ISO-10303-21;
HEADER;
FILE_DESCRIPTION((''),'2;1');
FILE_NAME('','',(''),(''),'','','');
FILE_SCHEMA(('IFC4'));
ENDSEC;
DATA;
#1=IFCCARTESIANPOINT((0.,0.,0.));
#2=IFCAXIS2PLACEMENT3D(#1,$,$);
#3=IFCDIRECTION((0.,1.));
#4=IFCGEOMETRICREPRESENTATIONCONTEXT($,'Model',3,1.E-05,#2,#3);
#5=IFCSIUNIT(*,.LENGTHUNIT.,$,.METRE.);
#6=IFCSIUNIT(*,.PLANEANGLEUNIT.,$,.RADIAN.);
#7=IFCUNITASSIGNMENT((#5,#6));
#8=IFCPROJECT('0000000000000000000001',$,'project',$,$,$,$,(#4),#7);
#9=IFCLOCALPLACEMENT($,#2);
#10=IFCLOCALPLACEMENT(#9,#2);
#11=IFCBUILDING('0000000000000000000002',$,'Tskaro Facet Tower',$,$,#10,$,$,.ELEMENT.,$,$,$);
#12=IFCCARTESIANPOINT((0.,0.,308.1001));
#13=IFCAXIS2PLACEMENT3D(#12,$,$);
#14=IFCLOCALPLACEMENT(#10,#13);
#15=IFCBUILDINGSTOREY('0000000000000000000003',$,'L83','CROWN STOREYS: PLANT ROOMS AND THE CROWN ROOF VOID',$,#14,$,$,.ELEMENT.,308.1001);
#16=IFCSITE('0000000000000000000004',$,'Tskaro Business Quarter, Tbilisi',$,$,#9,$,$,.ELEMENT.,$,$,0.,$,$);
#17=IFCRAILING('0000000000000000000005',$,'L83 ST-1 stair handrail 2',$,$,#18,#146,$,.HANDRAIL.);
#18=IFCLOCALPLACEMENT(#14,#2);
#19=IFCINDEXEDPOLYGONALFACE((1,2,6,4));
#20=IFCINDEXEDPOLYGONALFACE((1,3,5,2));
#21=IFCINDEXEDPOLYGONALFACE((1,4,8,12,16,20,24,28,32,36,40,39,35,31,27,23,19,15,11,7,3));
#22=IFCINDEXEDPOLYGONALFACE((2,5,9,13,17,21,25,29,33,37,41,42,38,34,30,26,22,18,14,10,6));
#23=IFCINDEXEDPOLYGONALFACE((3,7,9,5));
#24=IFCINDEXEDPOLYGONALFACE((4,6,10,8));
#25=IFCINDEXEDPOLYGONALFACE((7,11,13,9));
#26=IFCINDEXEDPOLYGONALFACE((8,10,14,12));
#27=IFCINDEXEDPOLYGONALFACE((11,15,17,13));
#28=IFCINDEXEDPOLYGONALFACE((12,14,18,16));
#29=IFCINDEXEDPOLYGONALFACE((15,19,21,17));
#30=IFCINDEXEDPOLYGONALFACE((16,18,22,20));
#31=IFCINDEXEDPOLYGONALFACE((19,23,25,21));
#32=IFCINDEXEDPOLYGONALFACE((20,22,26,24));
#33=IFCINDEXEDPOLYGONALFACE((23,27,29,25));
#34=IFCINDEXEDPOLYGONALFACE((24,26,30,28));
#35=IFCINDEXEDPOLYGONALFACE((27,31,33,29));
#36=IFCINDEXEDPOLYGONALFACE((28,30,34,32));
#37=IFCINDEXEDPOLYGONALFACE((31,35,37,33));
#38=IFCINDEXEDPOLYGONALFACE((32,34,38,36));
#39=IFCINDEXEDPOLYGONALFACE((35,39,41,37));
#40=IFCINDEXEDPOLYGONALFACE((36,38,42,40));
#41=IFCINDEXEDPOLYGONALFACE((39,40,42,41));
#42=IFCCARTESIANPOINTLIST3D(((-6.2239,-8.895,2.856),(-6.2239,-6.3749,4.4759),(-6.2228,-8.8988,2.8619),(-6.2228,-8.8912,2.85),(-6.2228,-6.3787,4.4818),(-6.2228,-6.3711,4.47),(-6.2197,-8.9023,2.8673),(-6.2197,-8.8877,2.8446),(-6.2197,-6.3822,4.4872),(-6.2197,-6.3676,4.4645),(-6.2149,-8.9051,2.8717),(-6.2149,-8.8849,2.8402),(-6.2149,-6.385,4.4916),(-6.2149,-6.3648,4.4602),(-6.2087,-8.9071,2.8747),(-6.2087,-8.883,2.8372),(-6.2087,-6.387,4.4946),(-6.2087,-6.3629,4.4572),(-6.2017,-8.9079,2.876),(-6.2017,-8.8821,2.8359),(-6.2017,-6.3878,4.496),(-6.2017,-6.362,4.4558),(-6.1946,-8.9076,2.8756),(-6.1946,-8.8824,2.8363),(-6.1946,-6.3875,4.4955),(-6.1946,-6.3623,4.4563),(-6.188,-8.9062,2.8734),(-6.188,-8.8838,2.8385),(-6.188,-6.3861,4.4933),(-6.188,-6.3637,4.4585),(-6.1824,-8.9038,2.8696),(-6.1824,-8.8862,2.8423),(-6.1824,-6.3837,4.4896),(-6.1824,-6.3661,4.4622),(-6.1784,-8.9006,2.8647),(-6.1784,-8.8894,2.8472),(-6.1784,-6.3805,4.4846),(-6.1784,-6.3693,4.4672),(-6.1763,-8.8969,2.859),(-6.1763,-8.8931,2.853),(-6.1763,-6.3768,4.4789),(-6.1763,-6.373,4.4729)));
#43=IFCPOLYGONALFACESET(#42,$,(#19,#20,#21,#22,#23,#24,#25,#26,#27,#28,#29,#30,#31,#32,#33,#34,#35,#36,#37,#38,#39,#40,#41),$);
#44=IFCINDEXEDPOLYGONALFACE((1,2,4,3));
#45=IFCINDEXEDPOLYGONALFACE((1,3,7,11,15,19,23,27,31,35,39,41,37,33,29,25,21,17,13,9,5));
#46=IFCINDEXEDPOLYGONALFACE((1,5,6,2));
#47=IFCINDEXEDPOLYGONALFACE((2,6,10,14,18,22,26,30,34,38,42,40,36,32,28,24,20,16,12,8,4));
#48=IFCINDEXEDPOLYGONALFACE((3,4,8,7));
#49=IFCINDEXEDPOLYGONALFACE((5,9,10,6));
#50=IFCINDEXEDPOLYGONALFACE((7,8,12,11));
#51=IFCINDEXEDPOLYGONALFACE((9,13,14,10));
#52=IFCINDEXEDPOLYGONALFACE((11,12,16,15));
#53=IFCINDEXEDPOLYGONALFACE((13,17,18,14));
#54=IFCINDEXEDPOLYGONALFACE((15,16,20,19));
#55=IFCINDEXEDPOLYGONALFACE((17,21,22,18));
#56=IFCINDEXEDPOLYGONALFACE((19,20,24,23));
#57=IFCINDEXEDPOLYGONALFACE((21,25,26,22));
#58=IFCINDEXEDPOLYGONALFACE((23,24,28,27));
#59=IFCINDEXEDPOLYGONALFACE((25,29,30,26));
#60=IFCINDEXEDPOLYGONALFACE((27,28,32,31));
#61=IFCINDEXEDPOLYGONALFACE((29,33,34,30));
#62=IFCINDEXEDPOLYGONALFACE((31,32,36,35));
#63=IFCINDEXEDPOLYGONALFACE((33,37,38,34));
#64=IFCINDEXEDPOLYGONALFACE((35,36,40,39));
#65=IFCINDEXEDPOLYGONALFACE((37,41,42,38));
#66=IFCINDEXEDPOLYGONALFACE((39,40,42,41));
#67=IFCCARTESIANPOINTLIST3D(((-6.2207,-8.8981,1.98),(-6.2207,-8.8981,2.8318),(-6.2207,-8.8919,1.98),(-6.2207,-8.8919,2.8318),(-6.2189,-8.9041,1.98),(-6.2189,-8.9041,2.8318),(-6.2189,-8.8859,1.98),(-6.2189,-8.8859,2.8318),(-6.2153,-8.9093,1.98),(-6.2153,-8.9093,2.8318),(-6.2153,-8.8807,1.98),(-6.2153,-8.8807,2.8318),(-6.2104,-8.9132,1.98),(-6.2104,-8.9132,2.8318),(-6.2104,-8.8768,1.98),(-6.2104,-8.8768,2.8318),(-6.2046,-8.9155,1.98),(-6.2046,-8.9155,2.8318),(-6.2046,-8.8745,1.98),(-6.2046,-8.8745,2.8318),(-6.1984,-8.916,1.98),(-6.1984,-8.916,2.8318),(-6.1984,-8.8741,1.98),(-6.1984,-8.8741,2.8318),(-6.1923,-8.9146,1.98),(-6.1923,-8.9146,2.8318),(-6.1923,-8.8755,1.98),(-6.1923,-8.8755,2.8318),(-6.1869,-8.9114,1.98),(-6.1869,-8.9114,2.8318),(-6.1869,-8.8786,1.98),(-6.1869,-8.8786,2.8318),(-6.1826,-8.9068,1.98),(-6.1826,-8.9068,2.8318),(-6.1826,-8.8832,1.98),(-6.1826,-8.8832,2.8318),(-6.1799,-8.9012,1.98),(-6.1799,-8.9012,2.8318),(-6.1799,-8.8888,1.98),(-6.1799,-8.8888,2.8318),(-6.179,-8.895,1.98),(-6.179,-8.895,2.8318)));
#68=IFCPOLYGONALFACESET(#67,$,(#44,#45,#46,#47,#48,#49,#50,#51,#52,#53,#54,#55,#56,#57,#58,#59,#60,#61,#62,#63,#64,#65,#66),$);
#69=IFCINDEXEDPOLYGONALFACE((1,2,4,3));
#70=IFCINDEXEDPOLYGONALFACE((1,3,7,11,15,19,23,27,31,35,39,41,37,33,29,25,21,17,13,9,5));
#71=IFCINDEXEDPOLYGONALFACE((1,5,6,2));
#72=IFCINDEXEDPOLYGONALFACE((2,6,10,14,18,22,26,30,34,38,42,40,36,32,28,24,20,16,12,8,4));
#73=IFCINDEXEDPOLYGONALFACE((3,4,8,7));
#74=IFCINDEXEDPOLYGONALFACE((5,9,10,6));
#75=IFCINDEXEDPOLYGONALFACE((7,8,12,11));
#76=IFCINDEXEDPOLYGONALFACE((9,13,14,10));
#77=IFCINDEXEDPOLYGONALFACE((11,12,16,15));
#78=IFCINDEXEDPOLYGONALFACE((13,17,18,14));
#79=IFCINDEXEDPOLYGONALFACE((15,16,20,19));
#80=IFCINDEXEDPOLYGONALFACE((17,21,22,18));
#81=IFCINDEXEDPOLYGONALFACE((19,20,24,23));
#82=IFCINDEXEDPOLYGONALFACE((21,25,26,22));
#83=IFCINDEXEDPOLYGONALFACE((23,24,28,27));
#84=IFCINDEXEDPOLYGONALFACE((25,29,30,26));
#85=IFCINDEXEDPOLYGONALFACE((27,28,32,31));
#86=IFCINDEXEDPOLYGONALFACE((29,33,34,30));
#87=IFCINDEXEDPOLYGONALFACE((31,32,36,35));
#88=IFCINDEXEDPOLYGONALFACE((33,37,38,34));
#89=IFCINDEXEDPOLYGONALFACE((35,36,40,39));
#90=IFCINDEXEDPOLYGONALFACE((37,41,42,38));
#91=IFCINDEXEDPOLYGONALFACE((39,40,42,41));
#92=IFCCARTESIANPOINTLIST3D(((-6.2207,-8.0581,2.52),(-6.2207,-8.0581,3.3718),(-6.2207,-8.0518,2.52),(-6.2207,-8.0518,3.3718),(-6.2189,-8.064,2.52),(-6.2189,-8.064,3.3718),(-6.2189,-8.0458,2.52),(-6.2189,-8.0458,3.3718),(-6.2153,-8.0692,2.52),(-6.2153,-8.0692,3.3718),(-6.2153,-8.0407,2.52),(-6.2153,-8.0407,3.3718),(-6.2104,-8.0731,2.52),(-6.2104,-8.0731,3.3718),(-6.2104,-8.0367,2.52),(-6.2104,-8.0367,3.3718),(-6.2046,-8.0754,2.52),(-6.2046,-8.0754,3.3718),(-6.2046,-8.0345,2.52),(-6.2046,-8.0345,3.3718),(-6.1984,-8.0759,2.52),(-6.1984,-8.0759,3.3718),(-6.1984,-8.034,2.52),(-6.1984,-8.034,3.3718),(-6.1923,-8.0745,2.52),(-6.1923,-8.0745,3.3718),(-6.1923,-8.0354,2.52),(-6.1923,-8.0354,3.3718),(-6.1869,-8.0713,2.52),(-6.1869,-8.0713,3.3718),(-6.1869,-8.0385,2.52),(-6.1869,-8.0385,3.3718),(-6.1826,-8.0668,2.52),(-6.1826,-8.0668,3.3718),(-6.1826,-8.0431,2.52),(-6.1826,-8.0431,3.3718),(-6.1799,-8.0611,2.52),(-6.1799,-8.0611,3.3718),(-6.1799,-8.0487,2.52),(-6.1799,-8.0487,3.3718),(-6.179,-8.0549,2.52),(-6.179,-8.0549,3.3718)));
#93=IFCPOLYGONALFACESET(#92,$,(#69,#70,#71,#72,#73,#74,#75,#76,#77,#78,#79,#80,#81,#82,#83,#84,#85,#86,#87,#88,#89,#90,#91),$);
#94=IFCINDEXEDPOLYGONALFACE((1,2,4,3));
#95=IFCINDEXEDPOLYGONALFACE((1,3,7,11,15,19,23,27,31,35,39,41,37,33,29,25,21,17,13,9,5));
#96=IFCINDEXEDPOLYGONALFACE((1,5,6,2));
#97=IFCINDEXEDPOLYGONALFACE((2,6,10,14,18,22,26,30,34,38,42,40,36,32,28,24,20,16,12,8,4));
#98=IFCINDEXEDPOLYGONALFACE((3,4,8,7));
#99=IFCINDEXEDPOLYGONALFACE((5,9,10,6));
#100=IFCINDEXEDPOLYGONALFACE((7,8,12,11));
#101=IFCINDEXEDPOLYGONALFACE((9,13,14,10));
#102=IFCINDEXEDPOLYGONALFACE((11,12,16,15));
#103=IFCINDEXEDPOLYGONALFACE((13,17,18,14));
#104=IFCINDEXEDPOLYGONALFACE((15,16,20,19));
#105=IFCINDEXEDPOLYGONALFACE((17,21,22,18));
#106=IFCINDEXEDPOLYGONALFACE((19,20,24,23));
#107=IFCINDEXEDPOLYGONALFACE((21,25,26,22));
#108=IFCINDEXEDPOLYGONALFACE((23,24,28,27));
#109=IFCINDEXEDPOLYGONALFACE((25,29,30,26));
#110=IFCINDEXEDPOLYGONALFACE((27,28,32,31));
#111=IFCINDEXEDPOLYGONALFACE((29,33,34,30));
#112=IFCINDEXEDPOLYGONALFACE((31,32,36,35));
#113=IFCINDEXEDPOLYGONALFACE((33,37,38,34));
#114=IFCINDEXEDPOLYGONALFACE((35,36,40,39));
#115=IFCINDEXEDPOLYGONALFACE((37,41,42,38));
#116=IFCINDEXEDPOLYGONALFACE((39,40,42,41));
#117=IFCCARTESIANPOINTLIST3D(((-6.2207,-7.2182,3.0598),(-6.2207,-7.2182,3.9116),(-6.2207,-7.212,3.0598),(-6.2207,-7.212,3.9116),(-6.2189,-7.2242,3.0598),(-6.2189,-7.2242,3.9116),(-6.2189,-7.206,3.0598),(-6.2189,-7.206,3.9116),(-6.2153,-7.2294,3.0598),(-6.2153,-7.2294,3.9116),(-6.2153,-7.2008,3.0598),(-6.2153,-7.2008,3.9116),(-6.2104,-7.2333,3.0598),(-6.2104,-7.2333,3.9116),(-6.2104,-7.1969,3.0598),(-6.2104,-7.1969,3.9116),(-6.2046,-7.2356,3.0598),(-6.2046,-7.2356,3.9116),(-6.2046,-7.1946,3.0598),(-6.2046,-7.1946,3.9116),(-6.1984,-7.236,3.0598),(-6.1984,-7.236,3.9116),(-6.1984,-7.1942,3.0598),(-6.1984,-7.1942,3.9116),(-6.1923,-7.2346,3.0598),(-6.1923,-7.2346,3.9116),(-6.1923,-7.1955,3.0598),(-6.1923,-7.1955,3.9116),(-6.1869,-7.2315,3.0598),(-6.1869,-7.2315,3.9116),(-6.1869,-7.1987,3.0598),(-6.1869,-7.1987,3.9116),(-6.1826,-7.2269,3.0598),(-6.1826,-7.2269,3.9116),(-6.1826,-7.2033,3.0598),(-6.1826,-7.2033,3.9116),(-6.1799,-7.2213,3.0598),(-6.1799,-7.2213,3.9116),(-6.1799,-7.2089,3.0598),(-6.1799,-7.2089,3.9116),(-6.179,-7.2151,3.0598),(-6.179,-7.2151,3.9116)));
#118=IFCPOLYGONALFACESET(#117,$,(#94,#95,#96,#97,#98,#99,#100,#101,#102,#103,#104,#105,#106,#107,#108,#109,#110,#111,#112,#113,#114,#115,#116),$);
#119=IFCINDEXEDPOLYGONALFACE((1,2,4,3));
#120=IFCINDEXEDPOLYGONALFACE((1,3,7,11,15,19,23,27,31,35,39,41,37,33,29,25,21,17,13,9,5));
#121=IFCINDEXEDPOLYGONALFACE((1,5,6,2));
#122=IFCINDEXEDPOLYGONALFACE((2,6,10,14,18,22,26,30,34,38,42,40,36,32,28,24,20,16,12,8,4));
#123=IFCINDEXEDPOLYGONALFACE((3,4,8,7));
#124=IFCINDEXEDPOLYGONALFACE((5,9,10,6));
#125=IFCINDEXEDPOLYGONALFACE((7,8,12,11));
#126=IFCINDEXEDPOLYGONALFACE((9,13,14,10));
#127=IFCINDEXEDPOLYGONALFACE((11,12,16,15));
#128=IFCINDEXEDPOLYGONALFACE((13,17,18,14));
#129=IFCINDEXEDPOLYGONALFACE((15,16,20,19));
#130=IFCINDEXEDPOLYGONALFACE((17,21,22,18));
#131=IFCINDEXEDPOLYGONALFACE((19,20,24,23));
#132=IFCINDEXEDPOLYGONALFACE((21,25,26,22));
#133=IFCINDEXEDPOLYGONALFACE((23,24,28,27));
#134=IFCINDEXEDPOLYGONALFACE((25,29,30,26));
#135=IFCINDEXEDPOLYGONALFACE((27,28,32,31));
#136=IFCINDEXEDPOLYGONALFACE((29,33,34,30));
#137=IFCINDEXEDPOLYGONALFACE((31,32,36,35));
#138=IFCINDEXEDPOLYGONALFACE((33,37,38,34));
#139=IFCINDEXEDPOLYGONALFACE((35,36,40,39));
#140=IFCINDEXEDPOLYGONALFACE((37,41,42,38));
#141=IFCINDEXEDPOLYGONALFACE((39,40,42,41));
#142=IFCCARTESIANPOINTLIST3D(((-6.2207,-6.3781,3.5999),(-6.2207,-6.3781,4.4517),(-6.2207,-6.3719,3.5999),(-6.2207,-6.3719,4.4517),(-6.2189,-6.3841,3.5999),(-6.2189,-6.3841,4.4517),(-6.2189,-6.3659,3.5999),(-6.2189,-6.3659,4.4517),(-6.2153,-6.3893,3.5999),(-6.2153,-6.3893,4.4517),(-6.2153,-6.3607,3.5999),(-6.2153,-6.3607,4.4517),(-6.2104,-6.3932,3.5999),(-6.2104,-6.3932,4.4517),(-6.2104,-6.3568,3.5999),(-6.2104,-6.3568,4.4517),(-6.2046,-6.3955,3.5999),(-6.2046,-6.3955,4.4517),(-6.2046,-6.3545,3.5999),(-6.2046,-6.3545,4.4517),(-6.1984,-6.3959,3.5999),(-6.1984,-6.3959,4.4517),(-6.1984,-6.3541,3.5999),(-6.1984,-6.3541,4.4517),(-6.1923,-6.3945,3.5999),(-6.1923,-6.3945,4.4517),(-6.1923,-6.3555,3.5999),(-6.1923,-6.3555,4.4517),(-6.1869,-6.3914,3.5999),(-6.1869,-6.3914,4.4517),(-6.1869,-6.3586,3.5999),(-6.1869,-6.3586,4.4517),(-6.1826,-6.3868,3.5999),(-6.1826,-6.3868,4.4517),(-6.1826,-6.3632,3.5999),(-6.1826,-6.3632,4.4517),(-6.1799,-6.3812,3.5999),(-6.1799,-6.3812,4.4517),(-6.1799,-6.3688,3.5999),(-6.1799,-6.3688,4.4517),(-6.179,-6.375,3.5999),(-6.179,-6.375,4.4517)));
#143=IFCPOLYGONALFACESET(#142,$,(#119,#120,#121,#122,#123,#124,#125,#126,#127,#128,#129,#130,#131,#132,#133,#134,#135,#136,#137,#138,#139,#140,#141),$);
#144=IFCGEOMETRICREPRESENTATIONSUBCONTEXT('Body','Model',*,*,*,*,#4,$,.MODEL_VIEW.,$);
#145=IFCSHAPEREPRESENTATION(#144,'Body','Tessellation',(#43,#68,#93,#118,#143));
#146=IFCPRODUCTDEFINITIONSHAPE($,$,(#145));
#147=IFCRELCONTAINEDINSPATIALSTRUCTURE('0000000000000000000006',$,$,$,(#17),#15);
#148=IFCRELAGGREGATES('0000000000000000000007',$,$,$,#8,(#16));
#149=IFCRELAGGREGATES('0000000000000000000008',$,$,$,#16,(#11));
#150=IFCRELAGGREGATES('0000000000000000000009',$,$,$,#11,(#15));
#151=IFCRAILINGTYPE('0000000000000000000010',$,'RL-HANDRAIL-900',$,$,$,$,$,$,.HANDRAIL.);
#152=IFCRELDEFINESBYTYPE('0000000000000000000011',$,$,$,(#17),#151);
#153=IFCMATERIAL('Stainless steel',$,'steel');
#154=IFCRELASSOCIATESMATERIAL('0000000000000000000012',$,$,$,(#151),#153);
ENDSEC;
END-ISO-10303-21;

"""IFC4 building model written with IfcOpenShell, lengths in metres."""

from ifc_helpers import new_model, si_unit, direction, frame, origin, origin_2d, place, context, subcontext, project, spatial, circle, extrude, material, type_object, element, save


model = new_model("IFC4")

# Units and contexts
model_context = context("Model", 3, precision=1e-05, world=origin(), true_north=direction((0.0, 1.0)))
body_context = subcontext(model_context, "Body", "Model", "MODEL_VIEW")
ifc_project = project(units=[si_unit("LENGTHUNIT", "METRE"), si_unit("PLANEANGLEUNIT", "RADIAN")], contexts=[model_context])

# Site, building, storey
site_placement = place(None, origin())
site = spatial("IfcSite", under=ifc_project, at=site_placement, Name="Tskaro Business Quarter, Tbilisi", CompositionType="ELEMENT", RefElevation=0.0)
building_placement = place(site_placement, origin())
building = spatial("IfcBuilding", under=site, at=building_placement, Name="Tskaro Facet Tower", CompositionType="ELEMENT")
storey_placement = place(building_placement, frame((0.0, 0.0, 308.1001)))
storey = spatial("IfcBuildingStorey", under=building, at=storey_placement, Name="L83", Description="CROWN STOREYS: PLANT ROOMS AND THE CROWN ROOF VOID", CompositionType="ELEMENT", Elevation=308.1001)

# Shared definitions
ifc_material_1 = material(Name="Stainless steel", Category="steel")

# Railing
railing_type_1 = type_object("IfcRailingType", Name="RL-HANDRAIL-900", PredefinedType="HANDRAIL", material=ifc_material_1)
railing_1_placement = place(storey_placement, frame((-6.2, -8.895, 1.98)))
element("IfcRailing", 1, at=railing_1_placement, inside=storey, type_object=railing_type_1, Name="L83 ST-1 stair handrail 2", PredefinedType="HANDRAIL", context=body_context, shape_type="SweptSolid", body=[
    extrude(circle(Radius=0.0239, at=origin_2d()), frame((0.0, 0.0, 0.876), z_axis=(0.0, 0.8412, 0.540725), x_axis=(-1.0, 0.0, 0.0)), (0.0, 0.0, 1.0), 2.9958),
    extrude(circle(Radius=0.021, at=origin_2d()), origin(), (0.0, 0.0, 1.0), 0.8518),
    extrude(circle(Radius=0.021, at=origin_2d()), frame((0.0, 0.8401, 0.54)), (0.0, 0.0, 1.0), 0.8518),
    extrude(circle(Radius=0.021, at=origin_2d()), frame((0.0, 1.6799, 1.0798)), (0.0, 0.0, 1.0), 0.8518),
    extrude(circle(Radius=0.021, at=origin_2d()), frame((0.0, 2.52, 1.6199)), (0.0, 0.0, 1.0), 0.8518),
])

save(model, "model.ifc")
